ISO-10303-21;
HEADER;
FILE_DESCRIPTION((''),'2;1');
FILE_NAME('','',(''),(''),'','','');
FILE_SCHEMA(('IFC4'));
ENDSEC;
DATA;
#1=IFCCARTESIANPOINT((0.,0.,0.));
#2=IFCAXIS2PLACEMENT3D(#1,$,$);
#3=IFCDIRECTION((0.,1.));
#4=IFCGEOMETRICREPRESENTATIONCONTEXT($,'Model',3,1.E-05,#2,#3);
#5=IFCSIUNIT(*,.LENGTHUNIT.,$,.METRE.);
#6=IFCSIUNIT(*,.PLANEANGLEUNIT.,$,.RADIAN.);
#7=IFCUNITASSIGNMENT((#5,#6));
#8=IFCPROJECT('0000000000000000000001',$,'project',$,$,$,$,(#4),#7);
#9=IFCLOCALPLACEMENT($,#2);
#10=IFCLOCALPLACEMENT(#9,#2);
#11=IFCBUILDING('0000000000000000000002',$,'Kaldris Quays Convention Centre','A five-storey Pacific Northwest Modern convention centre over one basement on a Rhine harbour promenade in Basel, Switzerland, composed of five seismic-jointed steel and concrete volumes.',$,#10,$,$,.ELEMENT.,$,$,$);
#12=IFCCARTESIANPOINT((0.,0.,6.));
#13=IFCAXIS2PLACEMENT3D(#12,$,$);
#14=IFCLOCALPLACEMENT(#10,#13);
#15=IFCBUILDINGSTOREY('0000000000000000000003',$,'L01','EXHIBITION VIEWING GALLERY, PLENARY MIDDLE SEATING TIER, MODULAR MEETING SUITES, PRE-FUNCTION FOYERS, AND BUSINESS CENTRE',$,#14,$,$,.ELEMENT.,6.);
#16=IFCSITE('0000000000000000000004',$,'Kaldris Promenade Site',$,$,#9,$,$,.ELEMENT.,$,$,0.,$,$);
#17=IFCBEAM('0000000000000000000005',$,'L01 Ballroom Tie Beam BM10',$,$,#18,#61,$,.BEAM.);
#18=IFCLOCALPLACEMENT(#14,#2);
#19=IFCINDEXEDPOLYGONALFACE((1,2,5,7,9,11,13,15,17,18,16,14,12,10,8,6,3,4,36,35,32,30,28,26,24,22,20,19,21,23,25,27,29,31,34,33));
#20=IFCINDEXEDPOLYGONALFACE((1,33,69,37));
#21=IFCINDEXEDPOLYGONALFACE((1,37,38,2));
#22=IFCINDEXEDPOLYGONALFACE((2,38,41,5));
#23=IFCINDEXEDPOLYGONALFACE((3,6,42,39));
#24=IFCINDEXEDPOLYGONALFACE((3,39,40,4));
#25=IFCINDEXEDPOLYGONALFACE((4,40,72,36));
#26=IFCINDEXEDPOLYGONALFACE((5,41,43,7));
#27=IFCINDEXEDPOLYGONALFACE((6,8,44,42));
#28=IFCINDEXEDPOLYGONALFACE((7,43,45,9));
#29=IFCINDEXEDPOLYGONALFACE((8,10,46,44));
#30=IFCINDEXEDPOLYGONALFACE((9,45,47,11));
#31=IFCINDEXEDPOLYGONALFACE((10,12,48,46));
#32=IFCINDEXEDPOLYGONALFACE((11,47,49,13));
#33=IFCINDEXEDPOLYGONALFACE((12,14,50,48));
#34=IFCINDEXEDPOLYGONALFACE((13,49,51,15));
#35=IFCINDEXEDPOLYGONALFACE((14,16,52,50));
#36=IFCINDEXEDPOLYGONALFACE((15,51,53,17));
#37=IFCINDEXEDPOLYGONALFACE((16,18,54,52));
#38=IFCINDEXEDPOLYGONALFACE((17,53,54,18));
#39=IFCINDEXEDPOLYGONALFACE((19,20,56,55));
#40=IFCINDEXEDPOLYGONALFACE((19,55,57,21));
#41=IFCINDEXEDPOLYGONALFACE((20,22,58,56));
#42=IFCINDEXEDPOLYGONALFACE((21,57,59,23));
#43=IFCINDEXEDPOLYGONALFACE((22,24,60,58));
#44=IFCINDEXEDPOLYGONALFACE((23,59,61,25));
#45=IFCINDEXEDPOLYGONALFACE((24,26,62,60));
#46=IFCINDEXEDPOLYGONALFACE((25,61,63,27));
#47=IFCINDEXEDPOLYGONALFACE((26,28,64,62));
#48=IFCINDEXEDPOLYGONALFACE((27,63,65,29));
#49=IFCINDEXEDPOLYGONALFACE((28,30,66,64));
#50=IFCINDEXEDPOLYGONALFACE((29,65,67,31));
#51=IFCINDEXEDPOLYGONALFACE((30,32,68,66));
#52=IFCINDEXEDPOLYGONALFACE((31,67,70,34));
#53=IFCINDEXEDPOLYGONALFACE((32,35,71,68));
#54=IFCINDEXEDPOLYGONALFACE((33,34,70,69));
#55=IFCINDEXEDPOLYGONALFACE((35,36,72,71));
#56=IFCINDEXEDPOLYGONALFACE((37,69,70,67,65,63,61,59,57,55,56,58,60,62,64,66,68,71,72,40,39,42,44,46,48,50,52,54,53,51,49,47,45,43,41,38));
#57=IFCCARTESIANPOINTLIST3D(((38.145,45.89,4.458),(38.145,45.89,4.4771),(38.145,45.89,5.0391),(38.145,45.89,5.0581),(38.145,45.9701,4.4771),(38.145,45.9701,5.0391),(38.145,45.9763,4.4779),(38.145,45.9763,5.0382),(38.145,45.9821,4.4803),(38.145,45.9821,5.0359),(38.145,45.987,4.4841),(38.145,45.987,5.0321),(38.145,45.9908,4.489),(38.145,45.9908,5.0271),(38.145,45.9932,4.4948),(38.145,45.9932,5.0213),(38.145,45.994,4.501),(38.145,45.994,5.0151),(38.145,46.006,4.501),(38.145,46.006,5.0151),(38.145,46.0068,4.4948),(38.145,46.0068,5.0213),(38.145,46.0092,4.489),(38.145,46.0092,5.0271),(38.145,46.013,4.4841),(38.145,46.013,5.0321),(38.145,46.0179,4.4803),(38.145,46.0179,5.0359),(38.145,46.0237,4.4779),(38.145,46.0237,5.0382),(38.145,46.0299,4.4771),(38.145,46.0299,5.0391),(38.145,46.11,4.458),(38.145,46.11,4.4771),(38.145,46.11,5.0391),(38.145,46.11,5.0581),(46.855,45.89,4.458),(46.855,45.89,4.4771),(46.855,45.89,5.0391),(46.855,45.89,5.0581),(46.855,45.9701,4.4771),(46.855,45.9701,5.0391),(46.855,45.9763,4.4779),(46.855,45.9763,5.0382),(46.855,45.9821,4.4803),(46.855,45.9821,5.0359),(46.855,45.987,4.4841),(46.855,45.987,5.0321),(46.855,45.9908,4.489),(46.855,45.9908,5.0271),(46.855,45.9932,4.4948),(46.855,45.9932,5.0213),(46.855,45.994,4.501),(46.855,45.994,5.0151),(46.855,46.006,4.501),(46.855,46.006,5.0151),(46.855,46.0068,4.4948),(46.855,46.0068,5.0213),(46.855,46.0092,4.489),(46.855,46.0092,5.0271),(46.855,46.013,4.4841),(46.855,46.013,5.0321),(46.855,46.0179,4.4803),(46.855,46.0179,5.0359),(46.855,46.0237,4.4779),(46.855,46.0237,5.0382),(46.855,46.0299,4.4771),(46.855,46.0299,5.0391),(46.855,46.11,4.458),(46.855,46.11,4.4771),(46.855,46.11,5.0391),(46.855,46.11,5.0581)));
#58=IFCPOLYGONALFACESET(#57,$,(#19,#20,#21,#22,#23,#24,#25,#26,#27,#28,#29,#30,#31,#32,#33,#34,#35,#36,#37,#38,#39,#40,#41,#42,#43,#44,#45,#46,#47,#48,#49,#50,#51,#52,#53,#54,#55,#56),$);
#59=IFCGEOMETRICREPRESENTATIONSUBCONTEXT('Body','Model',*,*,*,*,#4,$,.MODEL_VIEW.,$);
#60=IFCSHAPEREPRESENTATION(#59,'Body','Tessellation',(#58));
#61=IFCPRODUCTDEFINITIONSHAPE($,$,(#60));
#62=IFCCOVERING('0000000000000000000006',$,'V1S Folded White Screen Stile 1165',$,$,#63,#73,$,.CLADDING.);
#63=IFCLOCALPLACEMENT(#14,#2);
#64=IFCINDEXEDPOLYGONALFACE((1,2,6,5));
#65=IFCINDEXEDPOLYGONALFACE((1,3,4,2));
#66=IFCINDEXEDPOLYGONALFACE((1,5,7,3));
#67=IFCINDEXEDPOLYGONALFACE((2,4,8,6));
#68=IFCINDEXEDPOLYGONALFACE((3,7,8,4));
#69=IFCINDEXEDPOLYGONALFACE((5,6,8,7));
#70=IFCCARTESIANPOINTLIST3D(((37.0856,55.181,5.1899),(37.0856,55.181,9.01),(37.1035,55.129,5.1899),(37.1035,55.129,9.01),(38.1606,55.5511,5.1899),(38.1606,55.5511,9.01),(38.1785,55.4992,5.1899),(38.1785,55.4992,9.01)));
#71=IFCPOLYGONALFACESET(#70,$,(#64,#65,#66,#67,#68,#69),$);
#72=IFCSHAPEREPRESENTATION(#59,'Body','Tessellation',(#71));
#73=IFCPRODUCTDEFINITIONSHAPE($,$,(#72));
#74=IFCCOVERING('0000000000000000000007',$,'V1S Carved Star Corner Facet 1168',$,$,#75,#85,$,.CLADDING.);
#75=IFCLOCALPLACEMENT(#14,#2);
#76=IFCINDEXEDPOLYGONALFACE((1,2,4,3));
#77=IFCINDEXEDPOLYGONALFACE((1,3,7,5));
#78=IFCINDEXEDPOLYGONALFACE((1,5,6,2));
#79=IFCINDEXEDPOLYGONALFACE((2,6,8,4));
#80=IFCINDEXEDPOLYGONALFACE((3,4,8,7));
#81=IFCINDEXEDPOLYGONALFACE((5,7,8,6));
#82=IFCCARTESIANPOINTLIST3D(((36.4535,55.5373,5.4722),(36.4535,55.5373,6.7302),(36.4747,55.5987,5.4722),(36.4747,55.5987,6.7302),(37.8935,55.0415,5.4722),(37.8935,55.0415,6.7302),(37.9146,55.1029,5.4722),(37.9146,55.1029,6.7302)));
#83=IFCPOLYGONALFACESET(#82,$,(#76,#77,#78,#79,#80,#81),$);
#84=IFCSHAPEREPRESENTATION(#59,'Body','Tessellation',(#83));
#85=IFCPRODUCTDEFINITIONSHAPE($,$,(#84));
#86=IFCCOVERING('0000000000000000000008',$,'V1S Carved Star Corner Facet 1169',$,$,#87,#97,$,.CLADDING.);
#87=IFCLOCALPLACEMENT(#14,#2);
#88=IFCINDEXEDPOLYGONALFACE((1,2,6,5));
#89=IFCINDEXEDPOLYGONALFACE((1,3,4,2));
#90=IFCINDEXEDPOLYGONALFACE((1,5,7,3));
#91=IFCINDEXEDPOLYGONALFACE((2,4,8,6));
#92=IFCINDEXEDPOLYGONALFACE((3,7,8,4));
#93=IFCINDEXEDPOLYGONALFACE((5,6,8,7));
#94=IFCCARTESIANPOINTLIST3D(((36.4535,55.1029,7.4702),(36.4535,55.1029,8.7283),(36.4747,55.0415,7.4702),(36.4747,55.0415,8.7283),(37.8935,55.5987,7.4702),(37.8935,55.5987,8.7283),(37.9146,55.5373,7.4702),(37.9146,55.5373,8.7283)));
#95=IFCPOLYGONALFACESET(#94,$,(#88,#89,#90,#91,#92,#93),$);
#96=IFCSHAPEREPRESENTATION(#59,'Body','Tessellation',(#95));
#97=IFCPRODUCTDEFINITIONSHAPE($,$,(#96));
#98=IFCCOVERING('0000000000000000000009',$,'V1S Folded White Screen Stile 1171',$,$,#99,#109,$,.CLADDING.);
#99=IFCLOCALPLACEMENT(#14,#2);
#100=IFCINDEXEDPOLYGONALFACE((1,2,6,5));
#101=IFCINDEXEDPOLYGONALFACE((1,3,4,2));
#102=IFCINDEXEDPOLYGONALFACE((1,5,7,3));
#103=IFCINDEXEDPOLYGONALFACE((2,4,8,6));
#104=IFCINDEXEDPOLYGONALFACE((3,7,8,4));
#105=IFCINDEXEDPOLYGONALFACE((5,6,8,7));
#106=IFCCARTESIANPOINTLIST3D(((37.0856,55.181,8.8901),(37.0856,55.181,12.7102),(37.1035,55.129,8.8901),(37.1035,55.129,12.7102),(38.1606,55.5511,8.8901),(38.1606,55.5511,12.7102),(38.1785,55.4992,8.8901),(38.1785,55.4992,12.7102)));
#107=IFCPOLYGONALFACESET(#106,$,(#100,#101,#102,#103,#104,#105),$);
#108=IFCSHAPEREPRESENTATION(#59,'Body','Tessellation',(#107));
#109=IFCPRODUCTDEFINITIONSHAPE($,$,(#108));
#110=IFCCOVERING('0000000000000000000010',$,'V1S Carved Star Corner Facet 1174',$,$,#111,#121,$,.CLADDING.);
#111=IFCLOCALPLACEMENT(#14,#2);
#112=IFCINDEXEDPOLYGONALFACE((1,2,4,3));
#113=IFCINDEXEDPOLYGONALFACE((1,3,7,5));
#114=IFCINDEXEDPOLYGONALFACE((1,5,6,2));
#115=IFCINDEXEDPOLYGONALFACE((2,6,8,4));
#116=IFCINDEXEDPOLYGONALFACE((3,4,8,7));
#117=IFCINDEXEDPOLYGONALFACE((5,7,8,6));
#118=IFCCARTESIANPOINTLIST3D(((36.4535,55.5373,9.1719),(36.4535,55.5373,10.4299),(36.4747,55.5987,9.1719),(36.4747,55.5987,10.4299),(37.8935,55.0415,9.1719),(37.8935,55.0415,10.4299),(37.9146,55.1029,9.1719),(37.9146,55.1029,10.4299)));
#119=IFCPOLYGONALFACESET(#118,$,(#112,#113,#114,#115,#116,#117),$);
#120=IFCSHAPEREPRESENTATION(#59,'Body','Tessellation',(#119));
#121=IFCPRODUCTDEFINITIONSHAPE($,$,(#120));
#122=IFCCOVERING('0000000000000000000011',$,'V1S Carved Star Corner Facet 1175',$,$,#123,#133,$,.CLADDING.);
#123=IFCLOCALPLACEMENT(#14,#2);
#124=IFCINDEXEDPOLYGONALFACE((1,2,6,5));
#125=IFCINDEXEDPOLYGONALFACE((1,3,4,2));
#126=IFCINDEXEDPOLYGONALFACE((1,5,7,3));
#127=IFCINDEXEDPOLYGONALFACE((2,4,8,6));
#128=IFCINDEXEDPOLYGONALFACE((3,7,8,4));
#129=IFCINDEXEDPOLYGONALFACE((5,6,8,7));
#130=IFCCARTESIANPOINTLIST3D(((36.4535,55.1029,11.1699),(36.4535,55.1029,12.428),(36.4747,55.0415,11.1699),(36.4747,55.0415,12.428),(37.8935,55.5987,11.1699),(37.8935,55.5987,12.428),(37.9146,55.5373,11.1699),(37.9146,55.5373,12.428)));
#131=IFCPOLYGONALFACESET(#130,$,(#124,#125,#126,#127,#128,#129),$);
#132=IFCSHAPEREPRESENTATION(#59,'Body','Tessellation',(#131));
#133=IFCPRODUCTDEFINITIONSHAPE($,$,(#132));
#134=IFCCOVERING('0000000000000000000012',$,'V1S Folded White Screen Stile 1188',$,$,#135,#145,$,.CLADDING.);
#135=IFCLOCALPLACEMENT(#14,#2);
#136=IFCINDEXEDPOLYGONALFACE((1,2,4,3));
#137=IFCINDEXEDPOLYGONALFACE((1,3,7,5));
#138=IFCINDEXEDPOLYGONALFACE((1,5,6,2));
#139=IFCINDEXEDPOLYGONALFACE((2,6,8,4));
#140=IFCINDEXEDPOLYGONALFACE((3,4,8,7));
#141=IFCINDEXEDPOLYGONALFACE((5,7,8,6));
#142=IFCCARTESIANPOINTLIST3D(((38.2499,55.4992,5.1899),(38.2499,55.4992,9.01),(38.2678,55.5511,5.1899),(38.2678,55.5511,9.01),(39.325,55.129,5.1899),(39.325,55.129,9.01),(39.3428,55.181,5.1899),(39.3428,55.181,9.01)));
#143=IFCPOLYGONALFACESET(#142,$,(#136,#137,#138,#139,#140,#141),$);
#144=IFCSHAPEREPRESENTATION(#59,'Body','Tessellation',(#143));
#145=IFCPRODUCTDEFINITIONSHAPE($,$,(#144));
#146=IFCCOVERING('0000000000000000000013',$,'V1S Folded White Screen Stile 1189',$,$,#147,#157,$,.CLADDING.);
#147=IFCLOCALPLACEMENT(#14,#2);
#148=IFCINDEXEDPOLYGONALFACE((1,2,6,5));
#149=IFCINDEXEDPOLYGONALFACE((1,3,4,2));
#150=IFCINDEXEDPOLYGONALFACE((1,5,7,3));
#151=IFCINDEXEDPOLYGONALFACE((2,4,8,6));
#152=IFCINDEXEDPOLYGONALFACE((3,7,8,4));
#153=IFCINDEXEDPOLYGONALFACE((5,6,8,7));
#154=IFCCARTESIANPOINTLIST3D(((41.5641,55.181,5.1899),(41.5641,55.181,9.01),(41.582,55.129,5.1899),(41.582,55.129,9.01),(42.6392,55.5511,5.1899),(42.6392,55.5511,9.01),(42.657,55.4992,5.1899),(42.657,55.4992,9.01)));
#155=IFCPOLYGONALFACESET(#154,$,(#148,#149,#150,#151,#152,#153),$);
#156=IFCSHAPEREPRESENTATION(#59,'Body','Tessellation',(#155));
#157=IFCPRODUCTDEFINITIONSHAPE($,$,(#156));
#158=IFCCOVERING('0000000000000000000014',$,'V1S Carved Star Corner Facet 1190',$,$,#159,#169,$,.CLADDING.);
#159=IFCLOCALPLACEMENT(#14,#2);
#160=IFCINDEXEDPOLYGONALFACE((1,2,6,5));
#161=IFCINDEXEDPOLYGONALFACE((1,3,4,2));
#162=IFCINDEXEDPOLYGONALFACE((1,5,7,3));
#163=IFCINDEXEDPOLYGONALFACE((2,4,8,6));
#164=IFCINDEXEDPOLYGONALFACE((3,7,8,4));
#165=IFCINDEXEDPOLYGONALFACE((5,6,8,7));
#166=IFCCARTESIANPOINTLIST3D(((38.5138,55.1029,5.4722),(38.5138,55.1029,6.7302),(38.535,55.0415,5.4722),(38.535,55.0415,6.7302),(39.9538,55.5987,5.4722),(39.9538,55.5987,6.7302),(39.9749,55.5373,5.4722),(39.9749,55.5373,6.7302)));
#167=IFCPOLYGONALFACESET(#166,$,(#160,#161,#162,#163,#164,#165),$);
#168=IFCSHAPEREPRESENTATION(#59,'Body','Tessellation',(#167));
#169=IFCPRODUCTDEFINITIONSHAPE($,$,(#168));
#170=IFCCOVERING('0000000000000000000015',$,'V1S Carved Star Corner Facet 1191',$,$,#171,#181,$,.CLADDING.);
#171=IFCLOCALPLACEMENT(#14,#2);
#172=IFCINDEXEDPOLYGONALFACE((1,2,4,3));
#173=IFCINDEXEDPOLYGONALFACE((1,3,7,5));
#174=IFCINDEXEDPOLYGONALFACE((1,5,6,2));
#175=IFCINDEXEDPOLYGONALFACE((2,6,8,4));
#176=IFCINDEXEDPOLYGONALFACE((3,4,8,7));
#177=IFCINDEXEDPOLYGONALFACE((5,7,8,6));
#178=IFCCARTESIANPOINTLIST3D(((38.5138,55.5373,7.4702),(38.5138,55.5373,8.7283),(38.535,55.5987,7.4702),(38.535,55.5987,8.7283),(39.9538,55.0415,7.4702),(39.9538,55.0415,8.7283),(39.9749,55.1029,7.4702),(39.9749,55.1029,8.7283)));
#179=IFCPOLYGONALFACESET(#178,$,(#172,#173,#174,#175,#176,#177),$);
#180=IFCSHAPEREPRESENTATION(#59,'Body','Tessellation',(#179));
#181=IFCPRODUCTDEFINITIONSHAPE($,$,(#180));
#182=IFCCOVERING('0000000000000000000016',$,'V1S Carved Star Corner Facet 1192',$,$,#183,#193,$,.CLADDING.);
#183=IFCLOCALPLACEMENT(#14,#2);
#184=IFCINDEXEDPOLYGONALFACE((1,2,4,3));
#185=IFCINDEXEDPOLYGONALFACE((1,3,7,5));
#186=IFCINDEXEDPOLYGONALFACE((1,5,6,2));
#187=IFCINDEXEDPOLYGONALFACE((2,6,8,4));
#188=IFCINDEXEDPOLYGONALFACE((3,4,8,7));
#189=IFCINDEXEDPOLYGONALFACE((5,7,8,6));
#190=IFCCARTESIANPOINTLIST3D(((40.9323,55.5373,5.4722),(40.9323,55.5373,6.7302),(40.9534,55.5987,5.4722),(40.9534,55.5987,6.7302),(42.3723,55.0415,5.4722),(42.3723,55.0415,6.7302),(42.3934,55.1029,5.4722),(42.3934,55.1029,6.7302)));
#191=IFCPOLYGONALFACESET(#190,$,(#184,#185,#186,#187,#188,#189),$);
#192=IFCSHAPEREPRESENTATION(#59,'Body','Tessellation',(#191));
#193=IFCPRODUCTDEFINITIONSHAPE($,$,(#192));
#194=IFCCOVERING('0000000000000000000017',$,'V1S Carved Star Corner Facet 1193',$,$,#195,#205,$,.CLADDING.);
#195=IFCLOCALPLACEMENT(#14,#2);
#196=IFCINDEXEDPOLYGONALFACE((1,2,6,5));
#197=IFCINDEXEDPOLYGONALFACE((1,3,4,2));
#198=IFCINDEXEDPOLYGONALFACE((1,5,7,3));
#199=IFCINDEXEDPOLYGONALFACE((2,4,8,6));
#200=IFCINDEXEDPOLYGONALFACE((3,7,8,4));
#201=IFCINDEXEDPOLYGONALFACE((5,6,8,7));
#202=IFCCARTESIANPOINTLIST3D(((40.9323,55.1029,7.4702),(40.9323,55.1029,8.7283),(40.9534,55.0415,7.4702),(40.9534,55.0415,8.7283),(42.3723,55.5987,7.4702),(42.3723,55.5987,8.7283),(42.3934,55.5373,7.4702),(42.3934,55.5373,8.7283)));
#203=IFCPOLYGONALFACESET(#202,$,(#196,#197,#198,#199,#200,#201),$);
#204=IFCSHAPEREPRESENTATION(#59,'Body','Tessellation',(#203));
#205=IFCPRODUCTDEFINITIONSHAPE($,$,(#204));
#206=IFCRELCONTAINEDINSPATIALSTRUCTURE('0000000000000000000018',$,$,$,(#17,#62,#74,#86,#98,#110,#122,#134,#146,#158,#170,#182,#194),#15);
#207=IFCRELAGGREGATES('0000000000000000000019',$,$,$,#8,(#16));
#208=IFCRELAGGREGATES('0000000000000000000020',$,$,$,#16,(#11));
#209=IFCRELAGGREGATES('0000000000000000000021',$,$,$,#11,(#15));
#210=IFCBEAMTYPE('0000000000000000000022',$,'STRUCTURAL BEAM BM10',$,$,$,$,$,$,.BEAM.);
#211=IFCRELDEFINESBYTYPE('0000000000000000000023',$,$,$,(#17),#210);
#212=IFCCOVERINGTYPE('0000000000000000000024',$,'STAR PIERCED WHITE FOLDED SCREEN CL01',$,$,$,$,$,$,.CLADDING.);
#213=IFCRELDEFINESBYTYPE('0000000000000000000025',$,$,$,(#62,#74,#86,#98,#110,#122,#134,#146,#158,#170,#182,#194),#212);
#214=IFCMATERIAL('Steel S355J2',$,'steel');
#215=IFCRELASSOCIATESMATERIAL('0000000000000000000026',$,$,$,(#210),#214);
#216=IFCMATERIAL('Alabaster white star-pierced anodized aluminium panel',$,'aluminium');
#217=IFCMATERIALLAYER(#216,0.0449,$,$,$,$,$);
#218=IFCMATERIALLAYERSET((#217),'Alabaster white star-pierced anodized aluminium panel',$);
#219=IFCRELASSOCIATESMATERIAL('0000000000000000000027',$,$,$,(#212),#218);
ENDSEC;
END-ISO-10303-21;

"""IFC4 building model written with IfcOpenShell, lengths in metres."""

from ifc_helpers import new_model, si_unit, direction, frame, origin, origin_2d, place, context, subcontext, project, spatial, rectangle, i_section, extrude, material, layer, layer_set, material_profile, profile_set, type_object, element, save


model = new_model("IFC4")

# Units and contexts
model_context = context("Model", 3, precision=1e-05, world=origin(), true_north=direction((0.0, 1.0)))
body_context = subcontext(model_context, "Body", "Model", "MODEL_VIEW")
ifc_project = project(units=[si_unit("LENGTHUNIT", "METRE"), si_unit("PLANEANGLEUNIT", "RADIAN")], contexts=[model_context])

# Site, building, storey
site_placement = place(None, origin())
site = spatial("IfcSite", under=ifc_project, at=site_placement, Name="Kaldris Promenade Site", CompositionType="ELEMENT", RefElevation=0.0)
building_placement = place(site_placement, origin())
building = spatial("IfcBuilding", under=site, at=building_placement, Name="Kaldris Quays Convention Centre", Description="A five-storey Pacific Northwest Modern convention centre over one basement on a Rhine harbour promenade in Basel, Switzerland, composed of five seismic-jointed steel and concrete volumes.", CompositionType="ELEMENT")
storey_placement = place(building_placement, frame((0.0, 0.0, 6.0)))
storey = spatial("IfcBuildingStorey", under=building, at=storey_placement, Name="L01", Description="EXHIBITION VIEWING GALLERY, PLENARY MIDDLE SEATING TIER, MODULAR MEETING SUITES, PRE-FUNCTION FOYERS, AND BUSINESS CENTRE", CompositionType="ELEMENT", Elevation=6.0)

# Beam
ifc_material_1 = material(Name="Steel S355J2", Category="steel")
ifc_material_profile_1 = material_profile(ifc_material_1, i_section(OverallWidth=0.22, OverallDepth=0.6001, WebThickness=0.012, FlangeThickness=0.019, FilletRadius=0.0239, at=origin_2d()), Name="IPE 600")
ifc_profile_set_1 = profile_set([ifc_material_profile_1], Name="Steel S355J2")
beam_type_1 = type_object("IfcBeamType", Name="STRUCTURAL BEAM BM10", PredefinedType="BEAM", material=ifc_profile_set_1)
beam_1_placement = place(storey_placement, frame((38.145, 46.0, 4.7581), z_axis=(1.0, 0.0, 0.0), x_axis=(0.0, 1.0, 0.0)))
element("IfcBeam", 1, at=beam_1_placement, inside=storey, type_object=beam_type_1, Name="L01 Ballroom Tie Beam BM10", PredefinedType="BEAM", context=body_context, shape_type="SweptSolid", body=[
    extrude(i_section(OverallWidth=0.22, OverallDepth=0.6001, WebThickness=0.012, FlangeThickness=0.019, FilletRadius=0.0239, at=origin_2d()), origin(), (0.0, 0.0, 1.0), 8.71),
])

# Coverings
ifc_material_2 = material(Name="Alabaster white star-pierced anodized aluminium panel", Category="aluminium")
ifc_layer = layer(ifc_material_2, 0.0449)
ifc_layer_set = layer_set([ifc_layer], Name="Alabaster white star-pierced anodized aluminium panel")
covering_type = type_object("IfcCoveringType", Name="STAR PIERCED WHITE FOLDED SCREEN CL01", PredefinedType="CLADDING", material=ifc_layer_set)
covering_1_placement = place(storey_placement, frame((37.6321, 55.3401, 5.1899), z_axis=(0.0, 0.0, 1.0), x_axis=(0.945519, 0.325568, 0.0)))
element("IfcCovering", 2, at=covering_1_placement, inside=storey, type_object=covering_type, Name="V1S Folded White Screen Stile 1165", PredefinedType="CLADDING", context=body_context, shape_type="SweptSolid", body=[
    extrude(rectangle(XDim=1.137, YDim=0.0549, at=origin_2d()), origin(), (0.0, 0.0, 1.0), 3.8201),
])
for number, where, z_axis, x_axis, name in (
    (3, (37.1841, 55.3201, 5.4722), (0.0, 0.0, 1.0), (0.945519, -0.325568, 0.0), "V1S Carved Star Corner Facet 1168"),
    (4, (37.1841, 55.3201, 7.4702), (0.0, 0.0, 1.0), (0.945519, 0.325568, 0.0), "V1S Carved Star Corner Facet 1169"),
):
    element("IfcCovering", number, at=place(storey_placement, frame(where, z_axis=z_axis, x_axis=x_axis)), inside=storey, type_object=covering_type, Name=name, PredefinedType="CLADDING", context=body_context, shape_type="SweptSolid", body=[
        extrude(rectangle(XDim=1.5229, YDim=0.0649, at=origin_2d()), origin(), (0.0, 0.0, 1.0), 1.2581),
    ])
covering_2_placement = place(storey_placement, frame((37.6321, 55.3401, 8.8901), z_axis=(0.0, 0.0, 1.0), x_axis=(0.945519, 0.325568, 0.0)))
element("IfcCovering", 5, at=covering_2_placement, inside=storey, type_object=covering_type, Name="V1S Folded White Screen Stile 1171", PredefinedType="CLADDING", context=body_context, shape_type="SweptSolid", body=[
    extrude(rectangle(XDim=1.137, YDim=0.0549, at=origin_2d()), origin(), (0.0, 0.0, 1.0), 3.8201),
])
for number, where, z_axis, x_axis, name in (
    (6, (37.1841, 55.3201, 9.1719), (0.0, 0.0, 1.0), (0.945519, -0.325568, 0.0), "V1S Carved Star Corner Facet 1174"),
    (7, (37.1841, 55.3201, 11.1699), (0.0, 0.0, 1.0), (0.945519, 0.325568, 0.0), "V1S Carved Star Corner Facet 1175"),
):
    element("IfcCovering", number, at=place(storey_placement, frame(where, z_axis=z_axis, x_axis=x_axis)), inside=storey, type_object=covering_type, Name=name, PredefinedType="CLADDING", context=body_context, shape_type="SweptSolid", body=[
        extrude(rectangle(XDim=1.5229, YDim=0.0649, at=origin_2d()), origin(), (0.0, 0.0, 1.0), 1.2581),
    ])
for number, where, z_axis, x_axis, name in (
    (8, (38.7964, 55.3401, 5.1899), (0.0, 0.0, 1.0), (0.945519, -0.325568, 0.0), "V1S Folded White Screen Stile 1188"),
    (9, (42.1106, 55.3401, 5.1899), (0.0, 0.0, 1.0), (0.945519, 0.325568, 0.0), "V1S Folded White Screen Stile 1189"),
):
    element("IfcCovering", number, at=place(storey_placement, frame(where, z_axis=z_axis, x_axis=x_axis)), inside=storey, type_object=covering_type, Name=name, PredefinedType="CLADDING", context=body_context, shape_type="SweptSolid", body=[
        extrude(rectangle(XDim=1.137, YDim=0.0549, at=origin_2d()), origin(), (0.0, 0.0, 1.0), 3.8201),
    ])
for number, where, z_axis, x_axis, name in (
    (10, (39.2444, 55.3201, 5.4722), (0.0, 0.0, 1.0), (0.945519, 0.325568, 0.0), "V1S Carved Star Corner Facet 1190"),
    (11, (39.2444, 55.3201, 7.4702), (0.0, 0.0, 1.0), (0.945519, -0.325568, 0.0), "V1S Carved Star Corner Facet 1191"),
    (12, (41.6628, 55.3201, 5.4722), (0.0, 0.0, 1.0), (0.945519, -0.325568, 0.0), "V1S Carved Star Corner Facet 1192"),
    (13, (41.6628, 55.3201, 7.4702), (0.0, 0.0, 1.0), (0.945519, 0.325568, 0.0), "V1S Carved Star Corner Facet 1193"),
):
    element("IfcCovering", number, at=place(storey_placement, frame(where, z_axis=z_axis, x_axis=x_axis)), inside=storey, type_object=covering_type, Name=name, PredefinedType="CLADDING", context=body_context, shape_type="SweptSolid", body=[
        extrude(rectangle(XDim=1.5229, YDim=0.0649, at=origin_2d()), origin(), (0.0, 0.0, 1.0), 1.2581),
    ])

save(model, "model.ifc")
